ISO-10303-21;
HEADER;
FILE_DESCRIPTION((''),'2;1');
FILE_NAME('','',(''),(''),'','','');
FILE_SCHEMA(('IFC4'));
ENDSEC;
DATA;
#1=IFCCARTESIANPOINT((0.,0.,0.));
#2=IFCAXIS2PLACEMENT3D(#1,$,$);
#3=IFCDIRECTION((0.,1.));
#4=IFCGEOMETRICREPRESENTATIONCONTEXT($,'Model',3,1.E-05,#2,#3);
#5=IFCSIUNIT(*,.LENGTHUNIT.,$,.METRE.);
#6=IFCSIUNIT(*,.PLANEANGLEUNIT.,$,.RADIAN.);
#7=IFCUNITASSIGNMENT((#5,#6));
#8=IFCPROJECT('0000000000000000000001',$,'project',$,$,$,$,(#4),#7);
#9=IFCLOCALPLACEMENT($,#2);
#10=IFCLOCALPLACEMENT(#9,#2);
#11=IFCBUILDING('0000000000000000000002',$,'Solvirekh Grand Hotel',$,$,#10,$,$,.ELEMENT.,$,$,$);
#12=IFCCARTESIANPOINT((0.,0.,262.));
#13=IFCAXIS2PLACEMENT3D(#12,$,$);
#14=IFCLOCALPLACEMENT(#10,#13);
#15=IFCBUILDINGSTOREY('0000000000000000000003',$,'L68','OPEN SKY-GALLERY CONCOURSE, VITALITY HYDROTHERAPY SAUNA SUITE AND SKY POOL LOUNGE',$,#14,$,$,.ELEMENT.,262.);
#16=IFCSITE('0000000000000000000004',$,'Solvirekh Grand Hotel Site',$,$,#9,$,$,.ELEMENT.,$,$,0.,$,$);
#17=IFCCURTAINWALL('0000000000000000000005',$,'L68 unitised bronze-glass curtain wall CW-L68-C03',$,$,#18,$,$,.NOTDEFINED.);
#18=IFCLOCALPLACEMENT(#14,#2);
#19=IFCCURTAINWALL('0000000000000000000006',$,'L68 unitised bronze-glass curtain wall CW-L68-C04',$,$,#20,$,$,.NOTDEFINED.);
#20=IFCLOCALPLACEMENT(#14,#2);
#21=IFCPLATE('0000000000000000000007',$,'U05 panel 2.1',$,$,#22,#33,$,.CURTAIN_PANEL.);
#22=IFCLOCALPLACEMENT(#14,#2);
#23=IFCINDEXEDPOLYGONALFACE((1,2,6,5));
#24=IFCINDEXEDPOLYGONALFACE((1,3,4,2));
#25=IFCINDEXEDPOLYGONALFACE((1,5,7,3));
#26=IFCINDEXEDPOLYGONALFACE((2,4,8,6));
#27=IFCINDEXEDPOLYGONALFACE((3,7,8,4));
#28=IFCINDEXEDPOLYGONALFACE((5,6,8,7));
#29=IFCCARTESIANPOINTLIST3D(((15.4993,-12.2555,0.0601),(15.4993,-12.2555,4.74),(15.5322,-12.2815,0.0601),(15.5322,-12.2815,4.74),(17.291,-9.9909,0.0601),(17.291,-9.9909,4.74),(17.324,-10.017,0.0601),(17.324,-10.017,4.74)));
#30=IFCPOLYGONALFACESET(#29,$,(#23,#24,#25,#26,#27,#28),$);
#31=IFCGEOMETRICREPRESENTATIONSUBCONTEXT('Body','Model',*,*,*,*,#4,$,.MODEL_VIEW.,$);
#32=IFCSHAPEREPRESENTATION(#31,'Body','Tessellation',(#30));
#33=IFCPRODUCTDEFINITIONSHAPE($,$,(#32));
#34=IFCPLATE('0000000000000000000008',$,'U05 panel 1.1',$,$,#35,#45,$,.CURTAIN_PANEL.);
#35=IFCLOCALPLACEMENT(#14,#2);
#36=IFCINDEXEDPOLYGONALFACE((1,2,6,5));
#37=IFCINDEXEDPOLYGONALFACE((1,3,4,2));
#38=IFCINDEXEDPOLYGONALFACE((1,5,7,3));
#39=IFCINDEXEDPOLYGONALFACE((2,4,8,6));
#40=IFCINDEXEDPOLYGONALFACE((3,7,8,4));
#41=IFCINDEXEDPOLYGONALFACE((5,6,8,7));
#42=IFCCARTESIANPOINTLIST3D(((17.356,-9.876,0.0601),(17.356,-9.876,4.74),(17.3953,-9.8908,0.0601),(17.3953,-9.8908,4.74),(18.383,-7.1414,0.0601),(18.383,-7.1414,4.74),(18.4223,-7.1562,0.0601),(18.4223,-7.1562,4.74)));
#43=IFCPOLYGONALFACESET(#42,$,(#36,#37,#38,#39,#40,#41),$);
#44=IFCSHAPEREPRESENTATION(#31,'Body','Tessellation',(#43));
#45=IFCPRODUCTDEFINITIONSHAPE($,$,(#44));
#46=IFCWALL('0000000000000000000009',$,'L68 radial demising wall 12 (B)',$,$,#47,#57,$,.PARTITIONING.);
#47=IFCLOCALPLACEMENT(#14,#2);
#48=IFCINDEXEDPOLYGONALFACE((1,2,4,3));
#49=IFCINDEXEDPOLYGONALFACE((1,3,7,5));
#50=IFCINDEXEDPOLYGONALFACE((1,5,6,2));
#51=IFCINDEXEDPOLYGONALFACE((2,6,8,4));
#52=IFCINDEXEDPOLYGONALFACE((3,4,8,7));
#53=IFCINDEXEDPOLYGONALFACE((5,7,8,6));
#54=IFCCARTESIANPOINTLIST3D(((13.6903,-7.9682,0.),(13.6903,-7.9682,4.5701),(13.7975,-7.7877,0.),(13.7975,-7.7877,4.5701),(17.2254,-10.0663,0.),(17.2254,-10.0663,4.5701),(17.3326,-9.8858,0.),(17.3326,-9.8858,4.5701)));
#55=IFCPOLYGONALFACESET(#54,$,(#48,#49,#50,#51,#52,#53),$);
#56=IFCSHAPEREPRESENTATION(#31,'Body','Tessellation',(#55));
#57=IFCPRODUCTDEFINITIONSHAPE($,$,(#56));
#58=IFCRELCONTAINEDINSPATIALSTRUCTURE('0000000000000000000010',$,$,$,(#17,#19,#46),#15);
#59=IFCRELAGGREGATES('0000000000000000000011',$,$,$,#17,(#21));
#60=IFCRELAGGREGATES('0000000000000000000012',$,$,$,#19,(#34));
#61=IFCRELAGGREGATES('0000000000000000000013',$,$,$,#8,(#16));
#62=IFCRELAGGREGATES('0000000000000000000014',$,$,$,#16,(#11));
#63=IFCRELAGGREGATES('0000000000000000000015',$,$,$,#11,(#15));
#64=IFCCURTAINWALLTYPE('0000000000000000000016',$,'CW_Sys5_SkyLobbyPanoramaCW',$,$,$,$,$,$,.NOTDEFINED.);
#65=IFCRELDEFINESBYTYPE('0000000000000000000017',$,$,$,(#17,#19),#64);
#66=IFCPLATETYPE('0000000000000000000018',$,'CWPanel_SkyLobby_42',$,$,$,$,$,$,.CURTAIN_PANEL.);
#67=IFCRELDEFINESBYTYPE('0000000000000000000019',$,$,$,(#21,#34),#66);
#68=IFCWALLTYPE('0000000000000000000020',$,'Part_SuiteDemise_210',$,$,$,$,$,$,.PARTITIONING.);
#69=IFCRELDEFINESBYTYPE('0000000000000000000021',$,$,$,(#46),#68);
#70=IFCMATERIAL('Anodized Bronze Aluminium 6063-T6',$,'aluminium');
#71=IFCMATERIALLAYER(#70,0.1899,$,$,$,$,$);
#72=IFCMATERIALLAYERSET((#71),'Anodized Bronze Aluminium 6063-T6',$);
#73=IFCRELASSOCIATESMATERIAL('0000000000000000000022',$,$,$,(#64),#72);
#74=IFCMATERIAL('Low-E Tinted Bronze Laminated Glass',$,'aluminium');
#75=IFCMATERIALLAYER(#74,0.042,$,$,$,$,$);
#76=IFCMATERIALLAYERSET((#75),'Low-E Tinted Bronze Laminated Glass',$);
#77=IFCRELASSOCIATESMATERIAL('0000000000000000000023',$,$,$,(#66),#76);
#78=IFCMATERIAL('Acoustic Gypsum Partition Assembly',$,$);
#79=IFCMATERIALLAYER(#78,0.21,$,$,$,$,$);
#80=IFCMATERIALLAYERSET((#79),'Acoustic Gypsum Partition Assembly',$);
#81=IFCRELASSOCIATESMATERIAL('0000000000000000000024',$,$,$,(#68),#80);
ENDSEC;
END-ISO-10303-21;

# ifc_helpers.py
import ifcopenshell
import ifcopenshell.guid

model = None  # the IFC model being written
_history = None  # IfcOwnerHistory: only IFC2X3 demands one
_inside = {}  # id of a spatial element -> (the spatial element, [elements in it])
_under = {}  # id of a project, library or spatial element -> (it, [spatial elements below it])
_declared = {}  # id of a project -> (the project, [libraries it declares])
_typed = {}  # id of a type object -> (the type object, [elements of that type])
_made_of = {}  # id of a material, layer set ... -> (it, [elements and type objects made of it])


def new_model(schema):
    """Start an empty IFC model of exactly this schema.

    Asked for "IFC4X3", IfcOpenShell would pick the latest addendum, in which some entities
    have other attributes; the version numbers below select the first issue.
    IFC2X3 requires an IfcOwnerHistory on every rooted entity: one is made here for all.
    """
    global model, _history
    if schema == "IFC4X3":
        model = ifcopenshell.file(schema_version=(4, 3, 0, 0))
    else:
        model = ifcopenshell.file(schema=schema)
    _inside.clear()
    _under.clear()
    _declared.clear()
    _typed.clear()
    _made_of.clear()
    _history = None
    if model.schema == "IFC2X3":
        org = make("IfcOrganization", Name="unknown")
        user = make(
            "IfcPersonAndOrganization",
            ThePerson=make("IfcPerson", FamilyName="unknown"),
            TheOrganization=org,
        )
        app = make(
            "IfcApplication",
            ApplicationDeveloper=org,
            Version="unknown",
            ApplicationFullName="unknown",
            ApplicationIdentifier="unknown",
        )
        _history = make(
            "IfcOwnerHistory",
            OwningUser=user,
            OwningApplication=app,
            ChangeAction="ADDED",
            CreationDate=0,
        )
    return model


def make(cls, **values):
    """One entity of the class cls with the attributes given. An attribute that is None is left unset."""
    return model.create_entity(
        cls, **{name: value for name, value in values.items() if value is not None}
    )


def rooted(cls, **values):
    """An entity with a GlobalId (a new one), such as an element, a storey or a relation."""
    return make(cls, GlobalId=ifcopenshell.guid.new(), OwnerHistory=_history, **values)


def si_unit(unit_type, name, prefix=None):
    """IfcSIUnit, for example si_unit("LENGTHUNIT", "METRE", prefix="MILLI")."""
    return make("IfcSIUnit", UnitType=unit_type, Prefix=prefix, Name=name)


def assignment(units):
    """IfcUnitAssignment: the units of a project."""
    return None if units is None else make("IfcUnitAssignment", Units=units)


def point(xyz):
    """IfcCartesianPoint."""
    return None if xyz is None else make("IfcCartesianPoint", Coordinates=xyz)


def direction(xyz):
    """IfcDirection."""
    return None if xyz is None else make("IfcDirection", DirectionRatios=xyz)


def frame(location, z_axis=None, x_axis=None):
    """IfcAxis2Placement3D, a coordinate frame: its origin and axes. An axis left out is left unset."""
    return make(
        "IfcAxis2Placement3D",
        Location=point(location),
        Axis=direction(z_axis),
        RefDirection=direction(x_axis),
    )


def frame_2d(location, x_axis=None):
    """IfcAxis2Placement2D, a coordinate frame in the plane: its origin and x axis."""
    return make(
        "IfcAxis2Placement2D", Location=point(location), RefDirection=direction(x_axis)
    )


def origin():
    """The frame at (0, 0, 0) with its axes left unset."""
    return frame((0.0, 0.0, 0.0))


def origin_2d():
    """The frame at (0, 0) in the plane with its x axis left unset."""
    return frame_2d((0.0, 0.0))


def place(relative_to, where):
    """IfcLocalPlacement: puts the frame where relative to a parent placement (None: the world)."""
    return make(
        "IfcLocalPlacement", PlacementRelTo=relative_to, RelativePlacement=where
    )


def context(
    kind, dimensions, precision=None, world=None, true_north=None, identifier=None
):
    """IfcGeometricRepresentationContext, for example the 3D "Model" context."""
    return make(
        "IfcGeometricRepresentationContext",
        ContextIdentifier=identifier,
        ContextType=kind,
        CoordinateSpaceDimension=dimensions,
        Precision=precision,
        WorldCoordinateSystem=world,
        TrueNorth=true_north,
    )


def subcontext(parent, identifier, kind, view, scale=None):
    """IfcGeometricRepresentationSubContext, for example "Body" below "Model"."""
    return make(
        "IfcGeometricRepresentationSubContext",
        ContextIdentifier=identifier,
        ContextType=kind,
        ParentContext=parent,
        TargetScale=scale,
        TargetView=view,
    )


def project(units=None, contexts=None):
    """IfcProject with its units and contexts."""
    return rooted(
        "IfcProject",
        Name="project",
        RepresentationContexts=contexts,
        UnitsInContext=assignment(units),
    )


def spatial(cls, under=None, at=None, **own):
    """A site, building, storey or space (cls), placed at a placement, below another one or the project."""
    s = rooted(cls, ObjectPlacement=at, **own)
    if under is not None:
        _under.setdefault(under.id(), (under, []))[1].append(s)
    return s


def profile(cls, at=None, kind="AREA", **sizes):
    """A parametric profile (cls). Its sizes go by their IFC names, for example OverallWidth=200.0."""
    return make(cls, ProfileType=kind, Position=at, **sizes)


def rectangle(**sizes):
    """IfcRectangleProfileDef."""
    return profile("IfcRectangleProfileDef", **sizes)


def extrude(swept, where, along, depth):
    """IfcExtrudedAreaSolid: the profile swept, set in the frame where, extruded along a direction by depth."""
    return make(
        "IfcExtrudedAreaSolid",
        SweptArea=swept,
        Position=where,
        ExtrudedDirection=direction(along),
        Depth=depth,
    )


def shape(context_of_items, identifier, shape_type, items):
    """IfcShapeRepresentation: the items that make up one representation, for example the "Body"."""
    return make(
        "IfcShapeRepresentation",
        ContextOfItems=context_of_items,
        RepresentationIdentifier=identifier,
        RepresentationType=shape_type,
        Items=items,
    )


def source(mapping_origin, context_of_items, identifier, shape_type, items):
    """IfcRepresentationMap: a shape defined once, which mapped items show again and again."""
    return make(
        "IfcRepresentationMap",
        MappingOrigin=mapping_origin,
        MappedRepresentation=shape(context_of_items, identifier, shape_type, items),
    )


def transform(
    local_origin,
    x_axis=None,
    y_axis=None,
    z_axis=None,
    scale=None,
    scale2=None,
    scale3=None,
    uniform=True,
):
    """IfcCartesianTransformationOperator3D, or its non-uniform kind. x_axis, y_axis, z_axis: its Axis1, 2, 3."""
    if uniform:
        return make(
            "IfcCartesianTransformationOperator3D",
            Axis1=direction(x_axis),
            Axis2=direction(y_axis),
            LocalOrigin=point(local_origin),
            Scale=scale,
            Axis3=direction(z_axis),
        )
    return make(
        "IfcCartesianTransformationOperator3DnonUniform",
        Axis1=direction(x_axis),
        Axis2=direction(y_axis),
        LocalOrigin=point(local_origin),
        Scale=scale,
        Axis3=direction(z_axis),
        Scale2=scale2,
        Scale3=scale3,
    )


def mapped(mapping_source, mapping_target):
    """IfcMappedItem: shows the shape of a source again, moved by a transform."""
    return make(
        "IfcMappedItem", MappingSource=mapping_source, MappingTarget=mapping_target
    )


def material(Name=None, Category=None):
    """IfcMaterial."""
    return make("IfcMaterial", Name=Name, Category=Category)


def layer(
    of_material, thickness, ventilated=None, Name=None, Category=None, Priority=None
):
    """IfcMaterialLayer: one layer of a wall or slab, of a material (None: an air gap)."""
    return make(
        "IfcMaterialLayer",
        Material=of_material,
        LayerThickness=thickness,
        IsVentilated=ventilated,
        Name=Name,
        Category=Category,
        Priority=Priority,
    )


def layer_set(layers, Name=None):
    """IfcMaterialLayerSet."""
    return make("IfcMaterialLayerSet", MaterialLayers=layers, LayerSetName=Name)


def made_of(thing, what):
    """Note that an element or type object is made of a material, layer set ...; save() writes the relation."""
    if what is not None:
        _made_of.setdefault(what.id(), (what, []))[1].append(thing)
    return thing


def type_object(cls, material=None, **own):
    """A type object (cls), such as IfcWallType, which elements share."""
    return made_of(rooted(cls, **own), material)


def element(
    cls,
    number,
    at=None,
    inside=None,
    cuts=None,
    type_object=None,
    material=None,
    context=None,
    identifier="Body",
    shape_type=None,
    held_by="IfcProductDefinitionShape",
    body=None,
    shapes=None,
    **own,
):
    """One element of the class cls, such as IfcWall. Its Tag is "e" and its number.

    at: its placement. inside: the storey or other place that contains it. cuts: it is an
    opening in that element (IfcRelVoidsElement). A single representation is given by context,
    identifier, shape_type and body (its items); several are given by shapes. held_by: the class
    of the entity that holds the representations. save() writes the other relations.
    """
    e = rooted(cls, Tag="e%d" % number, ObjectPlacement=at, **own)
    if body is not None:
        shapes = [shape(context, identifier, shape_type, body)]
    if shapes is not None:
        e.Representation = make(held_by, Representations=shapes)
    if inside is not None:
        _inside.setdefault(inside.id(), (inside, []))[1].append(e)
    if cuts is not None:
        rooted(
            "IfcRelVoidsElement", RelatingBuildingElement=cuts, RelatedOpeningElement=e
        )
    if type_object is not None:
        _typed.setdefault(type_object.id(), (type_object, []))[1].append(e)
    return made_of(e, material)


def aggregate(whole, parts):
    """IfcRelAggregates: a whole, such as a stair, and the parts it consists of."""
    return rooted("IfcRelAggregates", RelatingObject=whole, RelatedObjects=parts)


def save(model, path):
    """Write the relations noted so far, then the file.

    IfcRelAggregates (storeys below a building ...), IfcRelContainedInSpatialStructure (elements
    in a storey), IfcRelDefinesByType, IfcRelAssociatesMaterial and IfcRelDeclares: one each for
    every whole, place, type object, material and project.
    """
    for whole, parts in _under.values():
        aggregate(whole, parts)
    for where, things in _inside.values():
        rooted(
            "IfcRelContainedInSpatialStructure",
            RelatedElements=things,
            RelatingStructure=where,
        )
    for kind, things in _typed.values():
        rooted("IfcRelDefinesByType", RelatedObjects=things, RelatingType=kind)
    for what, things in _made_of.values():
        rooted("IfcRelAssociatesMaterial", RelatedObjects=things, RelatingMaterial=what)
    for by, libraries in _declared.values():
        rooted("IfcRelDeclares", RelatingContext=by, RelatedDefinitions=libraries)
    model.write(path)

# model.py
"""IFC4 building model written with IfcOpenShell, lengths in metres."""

from ifc_helpers import new_model, si_unit, direction, frame, frame_2d, origin, origin_2d, place, context, subcontext, project, spatial, rectangle, extrude, source, transform, mapped, material, layer, layer_set, type_object, element, aggregate, save


model = new_model("IFC4")

# Units and contexts
model_context = context("Model", 3, precision=1e-05, world=origin(), true_north=direction((0.0, 1.0)))
body_context = subcontext(model_context, "Body", "Model", "MODEL_VIEW")
ifc_project = project(units=[si_unit("LENGTHUNIT", "METRE"), si_unit("PLANEANGLEUNIT", "RADIAN")], contexts=[model_context])

# Site, building, storey
site_placement = place(None, origin())
site = spatial("IfcSite", under=ifc_project, at=site_placement, Name="Solvirekh Grand Hotel Site", CompositionType="ELEMENT", RefElevation=0.0)
building_placement = place(site_placement, origin())
building = spatial("IfcBuilding", under=site, at=building_placement, Name="Solvirekh Grand Hotel", CompositionType="ELEMENT")
storey_placement = place(building_placement, frame((0.0, 0.0, 262.0)))
storey = spatial("IfcBuildingStorey", under=building, at=storey_placement, Name="L68", Description="OPEN SKY-GALLERY CONCOURSE, VITALITY HYDROTHERAPY SAUNA SUITE AND SKY POOL LOUNGE", CompositionType="ELEMENT", Elevation=262.0)

# Shared definitions
ifc_material_1 = material(Name="Anodized Bronze Aluminium 6063-T6", Category="aluminium")
ifc_layer_1 = layer(ifc_material_1, 0.1899)
ifc_layer_set_1 = layer_set([ifc_layer_1], Name="Anodized Bronze Aluminium 6063-T6")
curtain_wall_type = type_object("IfcCurtainWallType", Name="CW_Sys5_SkyLobbyPanoramaCW", PredefinedType="NOTDEFINED", material=ifc_layer_set_1)

# Curtain walls
curtain_wall_1_placement = place(storey_placement, origin())
curtain_wall_1 = element("IfcCurtainWall", 1, at=curtain_wall_1_placement, inside=storey, type_object=curtain_wall_type, Name="L68 unitised bronze-glass curtain wall CW-L68-C03", PredefinedType="NOTDEFINED")
curtain_wall_2_placement = place(storey_placement, origin())
curtain_wall_2 = element("IfcCurtainWall", 2, at=curtain_wall_2_placement, inside=storey, type_object=curtain_wall_type, Name="L68 unitised bronze-glass curtain wall CW-L68-C04", PredefinedType="NOTDEFINED")

# Plates
ifc_material_2 = material(Name="Low-E Tinted Bronze Laminated Glass", Category="aluminium")
ifc_layer_2 = layer(ifc_material_2, 0.042)
ifc_layer_set_2 = layer_set([ifc_layer_2], Name="Low-E Tinted Bronze Laminated Glass")
plate_type = type_object("IfcPlateType", Name="CWPanel_SkyLobby_42", PredefinedType="CURTAIN_PANEL", material=ifc_layer_set_2)
shared_shape_1 = source(origin(), body_context, "Body", "SweptSolid", [
    extrude(rectangle(XDim=2.8877, YDim=0.042, at=origin_2d()), origin(), (0.0, 0.0, 1.0), 4.6799),
])
plate_1_placement = place(storey_placement, frame((16.4116, -11.1362, 0.0601), z_axis=(0.0, 0.0, 1.0), x_axis=(0.620489, 0.784215, 0.0)))
plate_1 = element("IfcPlate", 3, at=plate_1_placement, type_object=plate_type, Name="U05 panel 2.1", PredefinedType="CURTAIN_PANEL", context=body_context, shape_type="MappedRepresentation", body=[
    mapped(shared_shape_1, transform((0.0, 0.0, 0.0), x_axis=(1.0, 0.0, 0.0), y_axis=(0.0, 1.0, 0.0), z_axis=(0.0, 0.0, 1.0), scale=1.0)),
])
aggregate(curtain_wall_1, [plate_1])
shared_shape_2 = source(origin(), body_context, "Body", "SweptSolid", [
    extrude(rectangle(XDim=2.9211, YDim=0.042, at=origin_2d()), origin(), (0.0, 0.0, 1.0), 4.6799),
])
plate_2_placement = place(storey_placement, frame((17.8892, -8.5161, 0.0601), z_axis=(0.0, 0.0, 1.0), x_axis=(0.351594, 0.936153, 0.0)))
plate_2 = element("IfcPlate", 4, at=plate_2_placement, type_object=plate_type, Name="U05 panel 1.1", PredefinedType="CURTAIN_PANEL", context=body_context, shape_type="MappedRepresentation", body=[
    mapped(shared_shape_2, transform((0.0, 0.0, 0.0), x_axis=(1.0, 0.0, 0.0), y_axis=(0.0, 1.0, 0.0), z_axis=(0.0, 0.0, 1.0), scale=1.0)),
])
aggregate(curtain_wall_2, [plate_2])

# Wall
ifc_material_3 = material(Name="Acoustic Gypsum Partition Assembly")
ifc_layer_3 = layer(ifc_material_3, 0.21)
ifc_layer_set_3 = layer_set([ifc_layer_3], Name="Acoustic Gypsum Partition Assembly")
wall_type = type_object("IfcWallType", Name="Part_SuiteDemise_210", PredefinedType="PARTITIONING", material=ifc_layer_set_3)
wall_placement = place(storey_placement, frame((13.7439, -7.8779, 0.0), z_axis=(0.0, 0.0, 1.0), x_axis=(0.859946, -0.510385, 0.0)))
element("IfcWall", 5, at=wall_placement, inside=storey, type_object=wall_type, Name="L68 radial demising wall 12 (B)", PredefinedType="PARTITIONING", context=body_context, shape_type="SweptSolid", body=[
    extrude(rectangle(XDim=4.1108, YDim=0.21, at=frame_2d((2.0554, 0.0))), origin(), (0.0, 0.0, 1.0), 4.5701),
])

save(model, "model.ifc")
